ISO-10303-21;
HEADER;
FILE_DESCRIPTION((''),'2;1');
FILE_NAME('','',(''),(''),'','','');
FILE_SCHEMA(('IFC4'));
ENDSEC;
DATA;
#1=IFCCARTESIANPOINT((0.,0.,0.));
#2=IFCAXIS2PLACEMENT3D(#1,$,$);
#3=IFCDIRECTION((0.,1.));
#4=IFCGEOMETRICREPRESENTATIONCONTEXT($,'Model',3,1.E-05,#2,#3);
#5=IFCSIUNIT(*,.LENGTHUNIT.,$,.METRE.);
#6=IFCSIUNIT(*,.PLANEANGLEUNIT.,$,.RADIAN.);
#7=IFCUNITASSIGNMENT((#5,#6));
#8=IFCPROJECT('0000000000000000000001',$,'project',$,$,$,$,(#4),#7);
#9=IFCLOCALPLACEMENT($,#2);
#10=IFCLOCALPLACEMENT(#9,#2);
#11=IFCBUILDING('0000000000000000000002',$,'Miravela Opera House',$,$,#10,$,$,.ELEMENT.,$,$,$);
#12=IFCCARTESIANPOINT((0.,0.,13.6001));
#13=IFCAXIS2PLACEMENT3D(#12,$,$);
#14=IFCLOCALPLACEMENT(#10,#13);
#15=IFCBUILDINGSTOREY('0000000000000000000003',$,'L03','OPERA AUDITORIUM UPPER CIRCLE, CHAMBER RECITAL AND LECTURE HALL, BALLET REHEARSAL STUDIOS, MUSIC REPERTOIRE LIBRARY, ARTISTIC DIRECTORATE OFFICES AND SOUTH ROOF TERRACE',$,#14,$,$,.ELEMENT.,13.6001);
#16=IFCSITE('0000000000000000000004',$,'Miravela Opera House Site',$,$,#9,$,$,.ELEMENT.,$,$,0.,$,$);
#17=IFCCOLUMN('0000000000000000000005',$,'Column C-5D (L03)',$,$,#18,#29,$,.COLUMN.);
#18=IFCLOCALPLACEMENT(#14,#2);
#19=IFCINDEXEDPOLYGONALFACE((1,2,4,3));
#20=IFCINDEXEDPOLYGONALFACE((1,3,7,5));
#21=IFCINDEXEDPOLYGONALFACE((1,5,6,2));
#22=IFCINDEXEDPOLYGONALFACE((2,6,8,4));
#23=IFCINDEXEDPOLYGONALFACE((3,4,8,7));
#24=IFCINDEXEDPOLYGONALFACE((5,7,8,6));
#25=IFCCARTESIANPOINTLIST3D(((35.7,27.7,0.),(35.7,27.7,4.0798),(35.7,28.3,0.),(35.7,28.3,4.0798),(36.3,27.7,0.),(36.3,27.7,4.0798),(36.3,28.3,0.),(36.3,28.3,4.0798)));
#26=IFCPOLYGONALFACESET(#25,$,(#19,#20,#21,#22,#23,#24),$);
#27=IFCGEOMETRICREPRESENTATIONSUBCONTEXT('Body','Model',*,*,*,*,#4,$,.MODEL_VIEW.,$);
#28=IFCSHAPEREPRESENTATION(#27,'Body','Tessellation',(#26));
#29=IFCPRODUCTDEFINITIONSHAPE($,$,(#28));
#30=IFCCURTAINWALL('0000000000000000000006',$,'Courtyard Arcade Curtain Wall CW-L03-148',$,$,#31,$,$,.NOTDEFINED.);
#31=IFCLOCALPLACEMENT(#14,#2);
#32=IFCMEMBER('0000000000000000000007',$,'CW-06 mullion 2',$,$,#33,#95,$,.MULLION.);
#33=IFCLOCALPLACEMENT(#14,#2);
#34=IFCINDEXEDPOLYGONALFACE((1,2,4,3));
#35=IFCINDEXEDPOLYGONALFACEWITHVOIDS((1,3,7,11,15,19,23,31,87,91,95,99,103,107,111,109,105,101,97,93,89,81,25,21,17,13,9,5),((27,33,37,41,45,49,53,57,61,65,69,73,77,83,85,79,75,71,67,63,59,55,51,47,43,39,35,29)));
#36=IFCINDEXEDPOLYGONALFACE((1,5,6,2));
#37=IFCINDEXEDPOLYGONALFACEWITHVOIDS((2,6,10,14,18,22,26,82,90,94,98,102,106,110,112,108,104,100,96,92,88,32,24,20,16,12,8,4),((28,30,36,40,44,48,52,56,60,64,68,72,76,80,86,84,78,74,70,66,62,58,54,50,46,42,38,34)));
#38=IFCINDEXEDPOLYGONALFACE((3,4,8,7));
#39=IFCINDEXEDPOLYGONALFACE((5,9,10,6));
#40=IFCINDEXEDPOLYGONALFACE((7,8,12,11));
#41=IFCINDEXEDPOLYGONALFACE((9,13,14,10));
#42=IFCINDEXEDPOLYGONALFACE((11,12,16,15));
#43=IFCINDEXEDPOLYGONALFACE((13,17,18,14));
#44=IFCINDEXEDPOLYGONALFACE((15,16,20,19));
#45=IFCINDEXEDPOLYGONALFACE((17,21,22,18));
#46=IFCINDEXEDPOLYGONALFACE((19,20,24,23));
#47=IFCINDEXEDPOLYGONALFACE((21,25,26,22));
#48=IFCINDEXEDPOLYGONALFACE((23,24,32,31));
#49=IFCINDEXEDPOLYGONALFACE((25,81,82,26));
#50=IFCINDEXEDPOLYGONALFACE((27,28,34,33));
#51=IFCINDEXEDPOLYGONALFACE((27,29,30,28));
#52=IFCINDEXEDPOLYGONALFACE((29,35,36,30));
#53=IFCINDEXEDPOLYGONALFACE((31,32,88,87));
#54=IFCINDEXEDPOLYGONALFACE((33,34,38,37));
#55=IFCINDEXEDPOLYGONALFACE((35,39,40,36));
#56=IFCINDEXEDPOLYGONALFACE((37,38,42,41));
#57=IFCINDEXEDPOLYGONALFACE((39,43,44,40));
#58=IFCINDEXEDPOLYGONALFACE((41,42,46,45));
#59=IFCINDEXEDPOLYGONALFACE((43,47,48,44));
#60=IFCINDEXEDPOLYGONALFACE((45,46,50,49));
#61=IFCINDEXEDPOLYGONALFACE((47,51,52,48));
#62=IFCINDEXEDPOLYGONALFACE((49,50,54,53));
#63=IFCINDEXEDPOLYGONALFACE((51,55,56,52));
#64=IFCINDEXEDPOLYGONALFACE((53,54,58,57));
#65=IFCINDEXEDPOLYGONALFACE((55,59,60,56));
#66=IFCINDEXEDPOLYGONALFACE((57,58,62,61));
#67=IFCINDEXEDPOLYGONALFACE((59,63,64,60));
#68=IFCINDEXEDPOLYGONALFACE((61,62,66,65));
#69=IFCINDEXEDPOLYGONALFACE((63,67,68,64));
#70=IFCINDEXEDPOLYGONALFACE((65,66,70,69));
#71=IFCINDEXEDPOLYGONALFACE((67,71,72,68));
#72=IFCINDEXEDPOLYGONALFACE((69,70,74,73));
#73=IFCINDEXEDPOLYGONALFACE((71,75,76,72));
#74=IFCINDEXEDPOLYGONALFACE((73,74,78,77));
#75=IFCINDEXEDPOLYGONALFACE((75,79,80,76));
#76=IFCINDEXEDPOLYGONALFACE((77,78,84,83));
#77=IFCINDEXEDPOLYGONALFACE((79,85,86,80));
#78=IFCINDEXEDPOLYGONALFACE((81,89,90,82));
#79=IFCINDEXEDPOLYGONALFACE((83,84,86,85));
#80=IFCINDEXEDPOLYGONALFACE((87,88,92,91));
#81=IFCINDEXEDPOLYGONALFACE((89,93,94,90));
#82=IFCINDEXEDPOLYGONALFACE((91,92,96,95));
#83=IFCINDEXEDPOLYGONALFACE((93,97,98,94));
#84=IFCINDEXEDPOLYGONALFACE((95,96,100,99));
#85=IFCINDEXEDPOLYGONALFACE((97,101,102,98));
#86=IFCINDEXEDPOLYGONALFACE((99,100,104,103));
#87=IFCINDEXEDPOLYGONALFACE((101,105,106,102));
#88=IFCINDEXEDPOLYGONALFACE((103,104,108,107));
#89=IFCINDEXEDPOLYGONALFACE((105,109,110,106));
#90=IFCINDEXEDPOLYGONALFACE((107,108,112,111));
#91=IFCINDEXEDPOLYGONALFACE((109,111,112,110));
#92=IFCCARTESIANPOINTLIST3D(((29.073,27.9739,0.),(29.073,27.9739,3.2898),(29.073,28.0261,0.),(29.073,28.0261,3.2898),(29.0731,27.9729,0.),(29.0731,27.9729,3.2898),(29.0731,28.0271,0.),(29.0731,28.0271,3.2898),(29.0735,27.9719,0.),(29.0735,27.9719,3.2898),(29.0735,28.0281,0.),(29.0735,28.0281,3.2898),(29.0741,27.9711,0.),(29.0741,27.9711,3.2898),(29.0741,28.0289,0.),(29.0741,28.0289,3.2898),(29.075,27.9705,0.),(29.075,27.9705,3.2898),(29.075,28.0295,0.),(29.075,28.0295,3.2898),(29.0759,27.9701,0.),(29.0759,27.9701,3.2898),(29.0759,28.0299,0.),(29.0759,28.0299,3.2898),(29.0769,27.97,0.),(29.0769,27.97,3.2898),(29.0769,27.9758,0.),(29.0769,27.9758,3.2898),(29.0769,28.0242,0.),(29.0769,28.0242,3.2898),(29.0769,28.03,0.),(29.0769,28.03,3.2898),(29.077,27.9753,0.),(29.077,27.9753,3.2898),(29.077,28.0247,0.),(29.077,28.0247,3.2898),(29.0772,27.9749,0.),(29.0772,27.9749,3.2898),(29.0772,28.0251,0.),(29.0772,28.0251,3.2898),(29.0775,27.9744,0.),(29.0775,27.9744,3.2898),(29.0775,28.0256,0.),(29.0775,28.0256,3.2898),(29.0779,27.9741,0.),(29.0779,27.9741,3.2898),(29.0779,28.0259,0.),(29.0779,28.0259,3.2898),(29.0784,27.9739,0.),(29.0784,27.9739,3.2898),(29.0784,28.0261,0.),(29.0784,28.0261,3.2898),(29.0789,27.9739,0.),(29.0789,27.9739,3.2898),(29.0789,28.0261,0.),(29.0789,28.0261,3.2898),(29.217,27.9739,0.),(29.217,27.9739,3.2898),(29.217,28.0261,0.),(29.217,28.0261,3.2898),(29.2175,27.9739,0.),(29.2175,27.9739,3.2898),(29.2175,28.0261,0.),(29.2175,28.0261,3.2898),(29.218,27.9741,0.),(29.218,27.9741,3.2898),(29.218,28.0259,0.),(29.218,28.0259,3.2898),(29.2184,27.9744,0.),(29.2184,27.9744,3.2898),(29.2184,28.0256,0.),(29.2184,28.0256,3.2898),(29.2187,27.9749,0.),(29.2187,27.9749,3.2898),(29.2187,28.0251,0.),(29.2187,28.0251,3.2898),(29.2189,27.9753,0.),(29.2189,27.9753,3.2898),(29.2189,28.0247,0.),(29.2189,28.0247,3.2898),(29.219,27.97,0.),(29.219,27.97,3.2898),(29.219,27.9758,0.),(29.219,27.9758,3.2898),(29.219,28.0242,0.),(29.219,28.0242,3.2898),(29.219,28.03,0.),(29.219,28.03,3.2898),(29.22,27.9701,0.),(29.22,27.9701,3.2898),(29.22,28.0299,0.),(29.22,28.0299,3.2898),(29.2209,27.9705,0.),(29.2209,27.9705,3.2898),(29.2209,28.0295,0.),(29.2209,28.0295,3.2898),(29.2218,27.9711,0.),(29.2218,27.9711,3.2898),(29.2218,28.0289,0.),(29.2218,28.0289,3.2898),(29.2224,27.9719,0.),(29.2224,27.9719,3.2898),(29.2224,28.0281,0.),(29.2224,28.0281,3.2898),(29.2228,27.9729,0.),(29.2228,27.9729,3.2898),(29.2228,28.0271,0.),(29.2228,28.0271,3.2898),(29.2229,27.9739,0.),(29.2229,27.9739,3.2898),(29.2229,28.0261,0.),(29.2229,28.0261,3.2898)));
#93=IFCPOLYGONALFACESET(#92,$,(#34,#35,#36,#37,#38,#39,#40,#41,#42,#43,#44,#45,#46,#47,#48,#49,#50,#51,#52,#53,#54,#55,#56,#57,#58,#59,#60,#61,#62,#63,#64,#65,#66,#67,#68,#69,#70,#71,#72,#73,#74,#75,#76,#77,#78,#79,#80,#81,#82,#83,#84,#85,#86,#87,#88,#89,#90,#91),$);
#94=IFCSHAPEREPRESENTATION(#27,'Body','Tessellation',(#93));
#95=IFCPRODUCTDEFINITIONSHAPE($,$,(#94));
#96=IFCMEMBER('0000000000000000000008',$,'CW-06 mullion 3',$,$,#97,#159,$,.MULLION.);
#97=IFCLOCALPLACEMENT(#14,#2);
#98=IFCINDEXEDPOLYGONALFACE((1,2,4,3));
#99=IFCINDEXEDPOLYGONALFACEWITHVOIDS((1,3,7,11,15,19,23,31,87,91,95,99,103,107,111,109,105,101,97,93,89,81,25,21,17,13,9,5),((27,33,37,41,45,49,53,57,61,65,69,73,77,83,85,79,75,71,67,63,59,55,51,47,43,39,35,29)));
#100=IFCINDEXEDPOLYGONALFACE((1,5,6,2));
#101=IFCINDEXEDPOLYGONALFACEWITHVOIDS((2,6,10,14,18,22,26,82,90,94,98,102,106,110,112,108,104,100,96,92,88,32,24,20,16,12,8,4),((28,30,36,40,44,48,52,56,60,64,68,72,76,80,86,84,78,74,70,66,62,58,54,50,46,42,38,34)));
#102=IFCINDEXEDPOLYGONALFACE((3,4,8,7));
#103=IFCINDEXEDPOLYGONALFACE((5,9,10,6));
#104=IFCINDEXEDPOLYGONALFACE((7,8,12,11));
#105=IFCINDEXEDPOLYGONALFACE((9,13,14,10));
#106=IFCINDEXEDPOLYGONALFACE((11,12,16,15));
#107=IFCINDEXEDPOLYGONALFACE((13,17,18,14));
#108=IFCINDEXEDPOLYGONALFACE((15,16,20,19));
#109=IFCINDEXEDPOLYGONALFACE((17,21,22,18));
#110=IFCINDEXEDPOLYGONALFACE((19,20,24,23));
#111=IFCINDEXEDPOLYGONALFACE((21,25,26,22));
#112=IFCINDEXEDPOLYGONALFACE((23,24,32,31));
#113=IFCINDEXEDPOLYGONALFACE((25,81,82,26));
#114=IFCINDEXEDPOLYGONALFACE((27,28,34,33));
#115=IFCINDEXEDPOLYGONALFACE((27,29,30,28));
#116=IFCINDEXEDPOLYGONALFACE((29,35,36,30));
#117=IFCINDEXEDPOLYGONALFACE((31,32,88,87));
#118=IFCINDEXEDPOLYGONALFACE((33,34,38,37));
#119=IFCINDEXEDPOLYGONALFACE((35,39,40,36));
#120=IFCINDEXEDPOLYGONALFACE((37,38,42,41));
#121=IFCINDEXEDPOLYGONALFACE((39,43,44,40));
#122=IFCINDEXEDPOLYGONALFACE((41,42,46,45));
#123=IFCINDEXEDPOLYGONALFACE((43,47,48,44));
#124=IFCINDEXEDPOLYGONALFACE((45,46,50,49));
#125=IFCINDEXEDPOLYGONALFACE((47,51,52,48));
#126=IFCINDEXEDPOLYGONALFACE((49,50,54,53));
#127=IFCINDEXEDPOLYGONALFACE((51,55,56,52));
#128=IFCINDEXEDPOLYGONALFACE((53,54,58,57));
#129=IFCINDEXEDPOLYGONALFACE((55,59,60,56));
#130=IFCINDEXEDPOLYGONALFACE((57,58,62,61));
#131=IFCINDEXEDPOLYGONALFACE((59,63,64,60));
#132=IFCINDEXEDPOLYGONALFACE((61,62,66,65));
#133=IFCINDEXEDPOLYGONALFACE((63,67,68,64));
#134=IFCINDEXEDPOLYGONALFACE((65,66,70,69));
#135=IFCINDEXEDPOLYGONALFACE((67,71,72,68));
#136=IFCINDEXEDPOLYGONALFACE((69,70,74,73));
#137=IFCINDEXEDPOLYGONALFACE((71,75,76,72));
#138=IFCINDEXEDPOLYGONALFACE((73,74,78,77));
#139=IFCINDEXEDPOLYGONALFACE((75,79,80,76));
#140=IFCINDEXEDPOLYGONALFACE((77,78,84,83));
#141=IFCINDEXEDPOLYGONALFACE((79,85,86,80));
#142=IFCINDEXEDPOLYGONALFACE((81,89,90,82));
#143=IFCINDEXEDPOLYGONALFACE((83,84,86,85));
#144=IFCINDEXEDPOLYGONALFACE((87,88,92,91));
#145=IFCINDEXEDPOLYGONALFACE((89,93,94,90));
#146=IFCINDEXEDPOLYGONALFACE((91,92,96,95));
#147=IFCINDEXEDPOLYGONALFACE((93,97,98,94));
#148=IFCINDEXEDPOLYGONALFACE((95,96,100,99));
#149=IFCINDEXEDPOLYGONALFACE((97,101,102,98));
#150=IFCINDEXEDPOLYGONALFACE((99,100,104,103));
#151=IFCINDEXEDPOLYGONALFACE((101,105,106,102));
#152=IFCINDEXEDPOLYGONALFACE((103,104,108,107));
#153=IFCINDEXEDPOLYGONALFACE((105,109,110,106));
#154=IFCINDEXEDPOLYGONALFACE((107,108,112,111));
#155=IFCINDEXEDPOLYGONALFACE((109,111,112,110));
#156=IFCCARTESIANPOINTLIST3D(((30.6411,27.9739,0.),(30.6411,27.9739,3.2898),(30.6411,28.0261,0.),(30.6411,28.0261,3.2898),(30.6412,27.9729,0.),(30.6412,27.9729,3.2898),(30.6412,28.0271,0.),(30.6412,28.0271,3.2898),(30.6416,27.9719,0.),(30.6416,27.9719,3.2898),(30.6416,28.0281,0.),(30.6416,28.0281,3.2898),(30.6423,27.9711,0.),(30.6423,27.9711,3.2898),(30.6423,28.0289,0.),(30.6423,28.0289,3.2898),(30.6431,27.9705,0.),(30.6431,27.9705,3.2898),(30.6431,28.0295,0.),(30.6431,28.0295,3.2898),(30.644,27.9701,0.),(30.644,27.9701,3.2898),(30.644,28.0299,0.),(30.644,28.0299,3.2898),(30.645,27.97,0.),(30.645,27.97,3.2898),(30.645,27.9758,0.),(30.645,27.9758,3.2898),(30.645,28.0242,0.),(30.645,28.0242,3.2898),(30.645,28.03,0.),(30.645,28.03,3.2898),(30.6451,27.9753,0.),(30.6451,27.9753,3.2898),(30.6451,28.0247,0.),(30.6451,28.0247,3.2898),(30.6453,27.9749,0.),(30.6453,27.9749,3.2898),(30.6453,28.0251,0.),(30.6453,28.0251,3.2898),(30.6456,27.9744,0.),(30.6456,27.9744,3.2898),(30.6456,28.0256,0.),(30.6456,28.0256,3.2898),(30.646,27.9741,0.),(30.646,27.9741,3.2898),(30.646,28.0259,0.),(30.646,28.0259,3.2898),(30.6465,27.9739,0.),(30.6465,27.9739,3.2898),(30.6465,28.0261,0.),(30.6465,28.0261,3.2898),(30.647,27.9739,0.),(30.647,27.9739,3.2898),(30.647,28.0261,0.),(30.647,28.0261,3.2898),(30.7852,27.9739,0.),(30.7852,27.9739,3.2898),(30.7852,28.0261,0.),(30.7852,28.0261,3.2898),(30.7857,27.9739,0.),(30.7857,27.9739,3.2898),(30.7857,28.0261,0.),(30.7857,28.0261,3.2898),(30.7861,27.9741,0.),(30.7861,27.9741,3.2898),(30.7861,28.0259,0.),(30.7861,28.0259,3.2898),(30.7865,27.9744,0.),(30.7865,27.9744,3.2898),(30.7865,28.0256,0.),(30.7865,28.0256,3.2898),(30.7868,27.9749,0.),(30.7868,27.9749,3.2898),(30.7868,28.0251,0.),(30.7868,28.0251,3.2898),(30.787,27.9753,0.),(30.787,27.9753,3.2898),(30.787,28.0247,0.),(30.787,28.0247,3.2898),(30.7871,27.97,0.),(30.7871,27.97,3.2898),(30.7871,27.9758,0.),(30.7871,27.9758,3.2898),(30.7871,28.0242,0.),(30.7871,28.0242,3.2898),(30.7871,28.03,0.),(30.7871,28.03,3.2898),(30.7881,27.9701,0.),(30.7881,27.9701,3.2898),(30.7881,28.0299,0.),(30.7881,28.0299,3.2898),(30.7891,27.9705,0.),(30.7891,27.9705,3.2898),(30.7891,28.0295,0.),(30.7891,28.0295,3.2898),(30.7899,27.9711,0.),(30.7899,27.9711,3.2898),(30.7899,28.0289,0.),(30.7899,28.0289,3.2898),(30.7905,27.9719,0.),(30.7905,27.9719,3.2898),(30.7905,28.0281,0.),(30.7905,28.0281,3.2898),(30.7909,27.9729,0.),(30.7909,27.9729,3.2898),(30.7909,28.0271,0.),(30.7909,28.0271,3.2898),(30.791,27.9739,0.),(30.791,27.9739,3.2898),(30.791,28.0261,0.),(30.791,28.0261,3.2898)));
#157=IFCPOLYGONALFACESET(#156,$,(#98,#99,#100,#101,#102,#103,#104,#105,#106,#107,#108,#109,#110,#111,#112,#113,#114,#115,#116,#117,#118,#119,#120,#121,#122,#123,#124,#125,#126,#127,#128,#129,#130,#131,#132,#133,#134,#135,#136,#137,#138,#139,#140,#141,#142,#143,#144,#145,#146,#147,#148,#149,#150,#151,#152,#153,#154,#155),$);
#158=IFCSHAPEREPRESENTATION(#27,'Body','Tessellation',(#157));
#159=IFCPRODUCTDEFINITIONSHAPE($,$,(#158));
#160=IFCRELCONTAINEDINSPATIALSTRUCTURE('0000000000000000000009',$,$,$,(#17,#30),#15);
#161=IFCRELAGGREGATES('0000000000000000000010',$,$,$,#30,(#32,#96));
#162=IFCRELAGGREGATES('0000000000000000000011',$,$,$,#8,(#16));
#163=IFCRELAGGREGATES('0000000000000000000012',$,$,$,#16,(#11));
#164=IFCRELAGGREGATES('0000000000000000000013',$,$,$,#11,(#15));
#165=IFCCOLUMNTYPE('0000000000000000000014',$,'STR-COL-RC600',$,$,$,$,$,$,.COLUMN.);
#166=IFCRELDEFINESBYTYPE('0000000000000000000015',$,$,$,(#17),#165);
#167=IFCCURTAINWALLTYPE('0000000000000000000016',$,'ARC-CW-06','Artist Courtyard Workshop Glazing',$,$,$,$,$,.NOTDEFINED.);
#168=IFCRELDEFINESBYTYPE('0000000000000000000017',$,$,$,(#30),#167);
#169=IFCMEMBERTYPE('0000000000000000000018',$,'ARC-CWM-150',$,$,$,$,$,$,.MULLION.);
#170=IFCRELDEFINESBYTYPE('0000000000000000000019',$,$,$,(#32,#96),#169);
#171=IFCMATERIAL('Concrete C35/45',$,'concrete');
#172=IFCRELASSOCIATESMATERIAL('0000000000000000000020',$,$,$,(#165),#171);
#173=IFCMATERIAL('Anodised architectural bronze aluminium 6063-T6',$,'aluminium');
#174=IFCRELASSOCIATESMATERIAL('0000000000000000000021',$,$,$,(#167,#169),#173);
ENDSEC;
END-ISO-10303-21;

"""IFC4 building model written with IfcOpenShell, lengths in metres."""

from ifc_helpers import new_model, si_unit, direction, frame, origin, origin_2d, place, context, subcontext, project, spatial, rectangle, hollow_rectangle, extrude, material, material_profile, profile_set, type_object, element, aggregate, save


model = new_model("IFC4")

# Units and contexts
model_context = context("Model", 3, precision=1e-05, world=origin(), true_north=direction((0.0, 1.0)))
body_context = subcontext(model_context, "Body", "Model", "MODEL_VIEW")
ifc_project = project(units=[si_unit("LENGTHUNIT", "METRE"), si_unit("PLANEANGLEUNIT", "RADIAN")], contexts=[model_context])

# Site, building, storey
site_placement = place(None, origin())
site = spatial("IfcSite", under=ifc_project, at=site_placement, Name="Miravela Opera House Site", CompositionType="ELEMENT", RefElevation=0.0)
building_placement = place(site_placement, origin())
building = spatial("IfcBuilding", under=site, at=building_placement, Name="Miravela Opera House", CompositionType="ELEMENT")
storey_placement = place(building_placement, frame((0.0, 0.0, 13.6001)))
storey = spatial("IfcBuildingStorey", under=building, at=storey_placement, Name="L03", Description="OPERA AUDITORIUM UPPER CIRCLE, CHAMBER RECITAL AND LECTURE HALL, BALLET REHEARSAL STUDIOS, MUSIC REPERTOIRE LIBRARY, ARTISTIC DIRECTORATE OFFICES AND SOUTH ROOF TERRACE", CompositionType="ELEMENT", Elevation=13.6001)

# Column
ifc_material_1 = material(Name="Concrete C35/45", Category="concrete")
ifc_material_profile_1 = material_profile(ifc_material_1, rectangle(XDim=0.6001, YDim=0.6001, at=origin_2d()), Name="RC-COL-600X600")
ifc_profile_set_1 = profile_set([ifc_material_profile_1])
column_type = type_object("IfcColumnType", Name="STR-COL-RC600", PredefinedType="COLUMN", material=ifc_profile_set_1)
column_placement = place(storey_placement, frame((36.0, 28.0, 0.0), z_axis=(0.0, 0.0, 1.0), x_axis=(1.0, 0.0, 0.0)))
element("IfcColumn", 1, at=column_placement, inside=storey, type_object=column_type, Name="Column C-5D (L03)", PredefinedType="COLUMN", context=body_context, shape_type="SweptSolid", body=[
    extrude(rectangle(XDim=0.6001, YDim=0.6001, at=origin_2d()), origin(), (0.0, 0.0, 1.0), 4.0798),
])

# Curtain wall, members
ifc_material_2 = material(Name="Anodised architectural bronze aluminium 6063-T6", Category="aluminium")
curtain_wall_type = type_object("IfcCurtainWallType", Name="ARC-CW-06", Description="Artist Courtyard Workshop Glazing", PredefinedType="NOTDEFINED", material=ifc_material_2)
curtain_wall_placement = place(storey_placement, origin())
curtain_wall = element("IfcCurtainWall", 2, at=curtain_wall_placement, inside=storey, type_object=curtain_wall_type, Name="Courtyard Arcade Curtain Wall CW-L03-148", PredefinedType="NOTDEFINED")
ifc_material_profile_2 = material_profile(ifc_material_2, hollow_rectangle(XDim=0.0601, YDim=0.1499, WallThickness=0.0039, InnerFilletRadius=0.002, OuterFilletRadius=0.0039, at=origin_2d()), Name="CWM-60X150")
ifc_profile_set_2 = profile_set([ifc_material_profile_2])
member_type_1 = type_object("IfcMemberType", Name="ARC-CWM-150", PredefinedType="MULLION", material=ifc_profile_set_2)
member_1_placement = place(storey_placement, frame((29.1479, 28.0, 0.0), z_axis=(0.0, 0.0, 1.0), x_axis=(0.0, 1.0, 0.0)))
member_1 = element("IfcMember", 3, at=member_1_placement, type_object=member_type_1, Name="CW-06 mullion 2", PredefinedType="MULLION", context=body_context, shape_type="SweptSolid", body=[
    extrude(hollow_rectangle(XDim=0.0601, YDim=0.1499, WallThickness=0.0039, InnerFilletRadius=0.002, OuterFilletRadius=0.0039, at=origin_2d()), origin(), (0.0, 0.0, 1.0), 3.2898),
])
member_2_placement = place(storey_placement, frame((30.7161, 28.0, 0.0), z_axis=(0.0, 0.0, 1.0), x_axis=(0.0, 1.0, 0.0)))
member_2 = element("IfcMember", 4, at=member_2_placement, type_object=member_type_1, Name="CW-06 mullion 3", PredefinedType="MULLION", context=body_context, shape_type="SweptSolid", body=[
    extrude(hollow_rectangle(XDim=0.0601, YDim=0.1499, WallThickness=0.0039, InnerFilletRadius=0.002, OuterFilletRadius=0.0039, at=origin_2d()), origin(), (0.0, 0.0, 1.0), 3.2898),
])
aggregate(curtain_wall, [member_1, member_2])

save(model, "model.ifc")
